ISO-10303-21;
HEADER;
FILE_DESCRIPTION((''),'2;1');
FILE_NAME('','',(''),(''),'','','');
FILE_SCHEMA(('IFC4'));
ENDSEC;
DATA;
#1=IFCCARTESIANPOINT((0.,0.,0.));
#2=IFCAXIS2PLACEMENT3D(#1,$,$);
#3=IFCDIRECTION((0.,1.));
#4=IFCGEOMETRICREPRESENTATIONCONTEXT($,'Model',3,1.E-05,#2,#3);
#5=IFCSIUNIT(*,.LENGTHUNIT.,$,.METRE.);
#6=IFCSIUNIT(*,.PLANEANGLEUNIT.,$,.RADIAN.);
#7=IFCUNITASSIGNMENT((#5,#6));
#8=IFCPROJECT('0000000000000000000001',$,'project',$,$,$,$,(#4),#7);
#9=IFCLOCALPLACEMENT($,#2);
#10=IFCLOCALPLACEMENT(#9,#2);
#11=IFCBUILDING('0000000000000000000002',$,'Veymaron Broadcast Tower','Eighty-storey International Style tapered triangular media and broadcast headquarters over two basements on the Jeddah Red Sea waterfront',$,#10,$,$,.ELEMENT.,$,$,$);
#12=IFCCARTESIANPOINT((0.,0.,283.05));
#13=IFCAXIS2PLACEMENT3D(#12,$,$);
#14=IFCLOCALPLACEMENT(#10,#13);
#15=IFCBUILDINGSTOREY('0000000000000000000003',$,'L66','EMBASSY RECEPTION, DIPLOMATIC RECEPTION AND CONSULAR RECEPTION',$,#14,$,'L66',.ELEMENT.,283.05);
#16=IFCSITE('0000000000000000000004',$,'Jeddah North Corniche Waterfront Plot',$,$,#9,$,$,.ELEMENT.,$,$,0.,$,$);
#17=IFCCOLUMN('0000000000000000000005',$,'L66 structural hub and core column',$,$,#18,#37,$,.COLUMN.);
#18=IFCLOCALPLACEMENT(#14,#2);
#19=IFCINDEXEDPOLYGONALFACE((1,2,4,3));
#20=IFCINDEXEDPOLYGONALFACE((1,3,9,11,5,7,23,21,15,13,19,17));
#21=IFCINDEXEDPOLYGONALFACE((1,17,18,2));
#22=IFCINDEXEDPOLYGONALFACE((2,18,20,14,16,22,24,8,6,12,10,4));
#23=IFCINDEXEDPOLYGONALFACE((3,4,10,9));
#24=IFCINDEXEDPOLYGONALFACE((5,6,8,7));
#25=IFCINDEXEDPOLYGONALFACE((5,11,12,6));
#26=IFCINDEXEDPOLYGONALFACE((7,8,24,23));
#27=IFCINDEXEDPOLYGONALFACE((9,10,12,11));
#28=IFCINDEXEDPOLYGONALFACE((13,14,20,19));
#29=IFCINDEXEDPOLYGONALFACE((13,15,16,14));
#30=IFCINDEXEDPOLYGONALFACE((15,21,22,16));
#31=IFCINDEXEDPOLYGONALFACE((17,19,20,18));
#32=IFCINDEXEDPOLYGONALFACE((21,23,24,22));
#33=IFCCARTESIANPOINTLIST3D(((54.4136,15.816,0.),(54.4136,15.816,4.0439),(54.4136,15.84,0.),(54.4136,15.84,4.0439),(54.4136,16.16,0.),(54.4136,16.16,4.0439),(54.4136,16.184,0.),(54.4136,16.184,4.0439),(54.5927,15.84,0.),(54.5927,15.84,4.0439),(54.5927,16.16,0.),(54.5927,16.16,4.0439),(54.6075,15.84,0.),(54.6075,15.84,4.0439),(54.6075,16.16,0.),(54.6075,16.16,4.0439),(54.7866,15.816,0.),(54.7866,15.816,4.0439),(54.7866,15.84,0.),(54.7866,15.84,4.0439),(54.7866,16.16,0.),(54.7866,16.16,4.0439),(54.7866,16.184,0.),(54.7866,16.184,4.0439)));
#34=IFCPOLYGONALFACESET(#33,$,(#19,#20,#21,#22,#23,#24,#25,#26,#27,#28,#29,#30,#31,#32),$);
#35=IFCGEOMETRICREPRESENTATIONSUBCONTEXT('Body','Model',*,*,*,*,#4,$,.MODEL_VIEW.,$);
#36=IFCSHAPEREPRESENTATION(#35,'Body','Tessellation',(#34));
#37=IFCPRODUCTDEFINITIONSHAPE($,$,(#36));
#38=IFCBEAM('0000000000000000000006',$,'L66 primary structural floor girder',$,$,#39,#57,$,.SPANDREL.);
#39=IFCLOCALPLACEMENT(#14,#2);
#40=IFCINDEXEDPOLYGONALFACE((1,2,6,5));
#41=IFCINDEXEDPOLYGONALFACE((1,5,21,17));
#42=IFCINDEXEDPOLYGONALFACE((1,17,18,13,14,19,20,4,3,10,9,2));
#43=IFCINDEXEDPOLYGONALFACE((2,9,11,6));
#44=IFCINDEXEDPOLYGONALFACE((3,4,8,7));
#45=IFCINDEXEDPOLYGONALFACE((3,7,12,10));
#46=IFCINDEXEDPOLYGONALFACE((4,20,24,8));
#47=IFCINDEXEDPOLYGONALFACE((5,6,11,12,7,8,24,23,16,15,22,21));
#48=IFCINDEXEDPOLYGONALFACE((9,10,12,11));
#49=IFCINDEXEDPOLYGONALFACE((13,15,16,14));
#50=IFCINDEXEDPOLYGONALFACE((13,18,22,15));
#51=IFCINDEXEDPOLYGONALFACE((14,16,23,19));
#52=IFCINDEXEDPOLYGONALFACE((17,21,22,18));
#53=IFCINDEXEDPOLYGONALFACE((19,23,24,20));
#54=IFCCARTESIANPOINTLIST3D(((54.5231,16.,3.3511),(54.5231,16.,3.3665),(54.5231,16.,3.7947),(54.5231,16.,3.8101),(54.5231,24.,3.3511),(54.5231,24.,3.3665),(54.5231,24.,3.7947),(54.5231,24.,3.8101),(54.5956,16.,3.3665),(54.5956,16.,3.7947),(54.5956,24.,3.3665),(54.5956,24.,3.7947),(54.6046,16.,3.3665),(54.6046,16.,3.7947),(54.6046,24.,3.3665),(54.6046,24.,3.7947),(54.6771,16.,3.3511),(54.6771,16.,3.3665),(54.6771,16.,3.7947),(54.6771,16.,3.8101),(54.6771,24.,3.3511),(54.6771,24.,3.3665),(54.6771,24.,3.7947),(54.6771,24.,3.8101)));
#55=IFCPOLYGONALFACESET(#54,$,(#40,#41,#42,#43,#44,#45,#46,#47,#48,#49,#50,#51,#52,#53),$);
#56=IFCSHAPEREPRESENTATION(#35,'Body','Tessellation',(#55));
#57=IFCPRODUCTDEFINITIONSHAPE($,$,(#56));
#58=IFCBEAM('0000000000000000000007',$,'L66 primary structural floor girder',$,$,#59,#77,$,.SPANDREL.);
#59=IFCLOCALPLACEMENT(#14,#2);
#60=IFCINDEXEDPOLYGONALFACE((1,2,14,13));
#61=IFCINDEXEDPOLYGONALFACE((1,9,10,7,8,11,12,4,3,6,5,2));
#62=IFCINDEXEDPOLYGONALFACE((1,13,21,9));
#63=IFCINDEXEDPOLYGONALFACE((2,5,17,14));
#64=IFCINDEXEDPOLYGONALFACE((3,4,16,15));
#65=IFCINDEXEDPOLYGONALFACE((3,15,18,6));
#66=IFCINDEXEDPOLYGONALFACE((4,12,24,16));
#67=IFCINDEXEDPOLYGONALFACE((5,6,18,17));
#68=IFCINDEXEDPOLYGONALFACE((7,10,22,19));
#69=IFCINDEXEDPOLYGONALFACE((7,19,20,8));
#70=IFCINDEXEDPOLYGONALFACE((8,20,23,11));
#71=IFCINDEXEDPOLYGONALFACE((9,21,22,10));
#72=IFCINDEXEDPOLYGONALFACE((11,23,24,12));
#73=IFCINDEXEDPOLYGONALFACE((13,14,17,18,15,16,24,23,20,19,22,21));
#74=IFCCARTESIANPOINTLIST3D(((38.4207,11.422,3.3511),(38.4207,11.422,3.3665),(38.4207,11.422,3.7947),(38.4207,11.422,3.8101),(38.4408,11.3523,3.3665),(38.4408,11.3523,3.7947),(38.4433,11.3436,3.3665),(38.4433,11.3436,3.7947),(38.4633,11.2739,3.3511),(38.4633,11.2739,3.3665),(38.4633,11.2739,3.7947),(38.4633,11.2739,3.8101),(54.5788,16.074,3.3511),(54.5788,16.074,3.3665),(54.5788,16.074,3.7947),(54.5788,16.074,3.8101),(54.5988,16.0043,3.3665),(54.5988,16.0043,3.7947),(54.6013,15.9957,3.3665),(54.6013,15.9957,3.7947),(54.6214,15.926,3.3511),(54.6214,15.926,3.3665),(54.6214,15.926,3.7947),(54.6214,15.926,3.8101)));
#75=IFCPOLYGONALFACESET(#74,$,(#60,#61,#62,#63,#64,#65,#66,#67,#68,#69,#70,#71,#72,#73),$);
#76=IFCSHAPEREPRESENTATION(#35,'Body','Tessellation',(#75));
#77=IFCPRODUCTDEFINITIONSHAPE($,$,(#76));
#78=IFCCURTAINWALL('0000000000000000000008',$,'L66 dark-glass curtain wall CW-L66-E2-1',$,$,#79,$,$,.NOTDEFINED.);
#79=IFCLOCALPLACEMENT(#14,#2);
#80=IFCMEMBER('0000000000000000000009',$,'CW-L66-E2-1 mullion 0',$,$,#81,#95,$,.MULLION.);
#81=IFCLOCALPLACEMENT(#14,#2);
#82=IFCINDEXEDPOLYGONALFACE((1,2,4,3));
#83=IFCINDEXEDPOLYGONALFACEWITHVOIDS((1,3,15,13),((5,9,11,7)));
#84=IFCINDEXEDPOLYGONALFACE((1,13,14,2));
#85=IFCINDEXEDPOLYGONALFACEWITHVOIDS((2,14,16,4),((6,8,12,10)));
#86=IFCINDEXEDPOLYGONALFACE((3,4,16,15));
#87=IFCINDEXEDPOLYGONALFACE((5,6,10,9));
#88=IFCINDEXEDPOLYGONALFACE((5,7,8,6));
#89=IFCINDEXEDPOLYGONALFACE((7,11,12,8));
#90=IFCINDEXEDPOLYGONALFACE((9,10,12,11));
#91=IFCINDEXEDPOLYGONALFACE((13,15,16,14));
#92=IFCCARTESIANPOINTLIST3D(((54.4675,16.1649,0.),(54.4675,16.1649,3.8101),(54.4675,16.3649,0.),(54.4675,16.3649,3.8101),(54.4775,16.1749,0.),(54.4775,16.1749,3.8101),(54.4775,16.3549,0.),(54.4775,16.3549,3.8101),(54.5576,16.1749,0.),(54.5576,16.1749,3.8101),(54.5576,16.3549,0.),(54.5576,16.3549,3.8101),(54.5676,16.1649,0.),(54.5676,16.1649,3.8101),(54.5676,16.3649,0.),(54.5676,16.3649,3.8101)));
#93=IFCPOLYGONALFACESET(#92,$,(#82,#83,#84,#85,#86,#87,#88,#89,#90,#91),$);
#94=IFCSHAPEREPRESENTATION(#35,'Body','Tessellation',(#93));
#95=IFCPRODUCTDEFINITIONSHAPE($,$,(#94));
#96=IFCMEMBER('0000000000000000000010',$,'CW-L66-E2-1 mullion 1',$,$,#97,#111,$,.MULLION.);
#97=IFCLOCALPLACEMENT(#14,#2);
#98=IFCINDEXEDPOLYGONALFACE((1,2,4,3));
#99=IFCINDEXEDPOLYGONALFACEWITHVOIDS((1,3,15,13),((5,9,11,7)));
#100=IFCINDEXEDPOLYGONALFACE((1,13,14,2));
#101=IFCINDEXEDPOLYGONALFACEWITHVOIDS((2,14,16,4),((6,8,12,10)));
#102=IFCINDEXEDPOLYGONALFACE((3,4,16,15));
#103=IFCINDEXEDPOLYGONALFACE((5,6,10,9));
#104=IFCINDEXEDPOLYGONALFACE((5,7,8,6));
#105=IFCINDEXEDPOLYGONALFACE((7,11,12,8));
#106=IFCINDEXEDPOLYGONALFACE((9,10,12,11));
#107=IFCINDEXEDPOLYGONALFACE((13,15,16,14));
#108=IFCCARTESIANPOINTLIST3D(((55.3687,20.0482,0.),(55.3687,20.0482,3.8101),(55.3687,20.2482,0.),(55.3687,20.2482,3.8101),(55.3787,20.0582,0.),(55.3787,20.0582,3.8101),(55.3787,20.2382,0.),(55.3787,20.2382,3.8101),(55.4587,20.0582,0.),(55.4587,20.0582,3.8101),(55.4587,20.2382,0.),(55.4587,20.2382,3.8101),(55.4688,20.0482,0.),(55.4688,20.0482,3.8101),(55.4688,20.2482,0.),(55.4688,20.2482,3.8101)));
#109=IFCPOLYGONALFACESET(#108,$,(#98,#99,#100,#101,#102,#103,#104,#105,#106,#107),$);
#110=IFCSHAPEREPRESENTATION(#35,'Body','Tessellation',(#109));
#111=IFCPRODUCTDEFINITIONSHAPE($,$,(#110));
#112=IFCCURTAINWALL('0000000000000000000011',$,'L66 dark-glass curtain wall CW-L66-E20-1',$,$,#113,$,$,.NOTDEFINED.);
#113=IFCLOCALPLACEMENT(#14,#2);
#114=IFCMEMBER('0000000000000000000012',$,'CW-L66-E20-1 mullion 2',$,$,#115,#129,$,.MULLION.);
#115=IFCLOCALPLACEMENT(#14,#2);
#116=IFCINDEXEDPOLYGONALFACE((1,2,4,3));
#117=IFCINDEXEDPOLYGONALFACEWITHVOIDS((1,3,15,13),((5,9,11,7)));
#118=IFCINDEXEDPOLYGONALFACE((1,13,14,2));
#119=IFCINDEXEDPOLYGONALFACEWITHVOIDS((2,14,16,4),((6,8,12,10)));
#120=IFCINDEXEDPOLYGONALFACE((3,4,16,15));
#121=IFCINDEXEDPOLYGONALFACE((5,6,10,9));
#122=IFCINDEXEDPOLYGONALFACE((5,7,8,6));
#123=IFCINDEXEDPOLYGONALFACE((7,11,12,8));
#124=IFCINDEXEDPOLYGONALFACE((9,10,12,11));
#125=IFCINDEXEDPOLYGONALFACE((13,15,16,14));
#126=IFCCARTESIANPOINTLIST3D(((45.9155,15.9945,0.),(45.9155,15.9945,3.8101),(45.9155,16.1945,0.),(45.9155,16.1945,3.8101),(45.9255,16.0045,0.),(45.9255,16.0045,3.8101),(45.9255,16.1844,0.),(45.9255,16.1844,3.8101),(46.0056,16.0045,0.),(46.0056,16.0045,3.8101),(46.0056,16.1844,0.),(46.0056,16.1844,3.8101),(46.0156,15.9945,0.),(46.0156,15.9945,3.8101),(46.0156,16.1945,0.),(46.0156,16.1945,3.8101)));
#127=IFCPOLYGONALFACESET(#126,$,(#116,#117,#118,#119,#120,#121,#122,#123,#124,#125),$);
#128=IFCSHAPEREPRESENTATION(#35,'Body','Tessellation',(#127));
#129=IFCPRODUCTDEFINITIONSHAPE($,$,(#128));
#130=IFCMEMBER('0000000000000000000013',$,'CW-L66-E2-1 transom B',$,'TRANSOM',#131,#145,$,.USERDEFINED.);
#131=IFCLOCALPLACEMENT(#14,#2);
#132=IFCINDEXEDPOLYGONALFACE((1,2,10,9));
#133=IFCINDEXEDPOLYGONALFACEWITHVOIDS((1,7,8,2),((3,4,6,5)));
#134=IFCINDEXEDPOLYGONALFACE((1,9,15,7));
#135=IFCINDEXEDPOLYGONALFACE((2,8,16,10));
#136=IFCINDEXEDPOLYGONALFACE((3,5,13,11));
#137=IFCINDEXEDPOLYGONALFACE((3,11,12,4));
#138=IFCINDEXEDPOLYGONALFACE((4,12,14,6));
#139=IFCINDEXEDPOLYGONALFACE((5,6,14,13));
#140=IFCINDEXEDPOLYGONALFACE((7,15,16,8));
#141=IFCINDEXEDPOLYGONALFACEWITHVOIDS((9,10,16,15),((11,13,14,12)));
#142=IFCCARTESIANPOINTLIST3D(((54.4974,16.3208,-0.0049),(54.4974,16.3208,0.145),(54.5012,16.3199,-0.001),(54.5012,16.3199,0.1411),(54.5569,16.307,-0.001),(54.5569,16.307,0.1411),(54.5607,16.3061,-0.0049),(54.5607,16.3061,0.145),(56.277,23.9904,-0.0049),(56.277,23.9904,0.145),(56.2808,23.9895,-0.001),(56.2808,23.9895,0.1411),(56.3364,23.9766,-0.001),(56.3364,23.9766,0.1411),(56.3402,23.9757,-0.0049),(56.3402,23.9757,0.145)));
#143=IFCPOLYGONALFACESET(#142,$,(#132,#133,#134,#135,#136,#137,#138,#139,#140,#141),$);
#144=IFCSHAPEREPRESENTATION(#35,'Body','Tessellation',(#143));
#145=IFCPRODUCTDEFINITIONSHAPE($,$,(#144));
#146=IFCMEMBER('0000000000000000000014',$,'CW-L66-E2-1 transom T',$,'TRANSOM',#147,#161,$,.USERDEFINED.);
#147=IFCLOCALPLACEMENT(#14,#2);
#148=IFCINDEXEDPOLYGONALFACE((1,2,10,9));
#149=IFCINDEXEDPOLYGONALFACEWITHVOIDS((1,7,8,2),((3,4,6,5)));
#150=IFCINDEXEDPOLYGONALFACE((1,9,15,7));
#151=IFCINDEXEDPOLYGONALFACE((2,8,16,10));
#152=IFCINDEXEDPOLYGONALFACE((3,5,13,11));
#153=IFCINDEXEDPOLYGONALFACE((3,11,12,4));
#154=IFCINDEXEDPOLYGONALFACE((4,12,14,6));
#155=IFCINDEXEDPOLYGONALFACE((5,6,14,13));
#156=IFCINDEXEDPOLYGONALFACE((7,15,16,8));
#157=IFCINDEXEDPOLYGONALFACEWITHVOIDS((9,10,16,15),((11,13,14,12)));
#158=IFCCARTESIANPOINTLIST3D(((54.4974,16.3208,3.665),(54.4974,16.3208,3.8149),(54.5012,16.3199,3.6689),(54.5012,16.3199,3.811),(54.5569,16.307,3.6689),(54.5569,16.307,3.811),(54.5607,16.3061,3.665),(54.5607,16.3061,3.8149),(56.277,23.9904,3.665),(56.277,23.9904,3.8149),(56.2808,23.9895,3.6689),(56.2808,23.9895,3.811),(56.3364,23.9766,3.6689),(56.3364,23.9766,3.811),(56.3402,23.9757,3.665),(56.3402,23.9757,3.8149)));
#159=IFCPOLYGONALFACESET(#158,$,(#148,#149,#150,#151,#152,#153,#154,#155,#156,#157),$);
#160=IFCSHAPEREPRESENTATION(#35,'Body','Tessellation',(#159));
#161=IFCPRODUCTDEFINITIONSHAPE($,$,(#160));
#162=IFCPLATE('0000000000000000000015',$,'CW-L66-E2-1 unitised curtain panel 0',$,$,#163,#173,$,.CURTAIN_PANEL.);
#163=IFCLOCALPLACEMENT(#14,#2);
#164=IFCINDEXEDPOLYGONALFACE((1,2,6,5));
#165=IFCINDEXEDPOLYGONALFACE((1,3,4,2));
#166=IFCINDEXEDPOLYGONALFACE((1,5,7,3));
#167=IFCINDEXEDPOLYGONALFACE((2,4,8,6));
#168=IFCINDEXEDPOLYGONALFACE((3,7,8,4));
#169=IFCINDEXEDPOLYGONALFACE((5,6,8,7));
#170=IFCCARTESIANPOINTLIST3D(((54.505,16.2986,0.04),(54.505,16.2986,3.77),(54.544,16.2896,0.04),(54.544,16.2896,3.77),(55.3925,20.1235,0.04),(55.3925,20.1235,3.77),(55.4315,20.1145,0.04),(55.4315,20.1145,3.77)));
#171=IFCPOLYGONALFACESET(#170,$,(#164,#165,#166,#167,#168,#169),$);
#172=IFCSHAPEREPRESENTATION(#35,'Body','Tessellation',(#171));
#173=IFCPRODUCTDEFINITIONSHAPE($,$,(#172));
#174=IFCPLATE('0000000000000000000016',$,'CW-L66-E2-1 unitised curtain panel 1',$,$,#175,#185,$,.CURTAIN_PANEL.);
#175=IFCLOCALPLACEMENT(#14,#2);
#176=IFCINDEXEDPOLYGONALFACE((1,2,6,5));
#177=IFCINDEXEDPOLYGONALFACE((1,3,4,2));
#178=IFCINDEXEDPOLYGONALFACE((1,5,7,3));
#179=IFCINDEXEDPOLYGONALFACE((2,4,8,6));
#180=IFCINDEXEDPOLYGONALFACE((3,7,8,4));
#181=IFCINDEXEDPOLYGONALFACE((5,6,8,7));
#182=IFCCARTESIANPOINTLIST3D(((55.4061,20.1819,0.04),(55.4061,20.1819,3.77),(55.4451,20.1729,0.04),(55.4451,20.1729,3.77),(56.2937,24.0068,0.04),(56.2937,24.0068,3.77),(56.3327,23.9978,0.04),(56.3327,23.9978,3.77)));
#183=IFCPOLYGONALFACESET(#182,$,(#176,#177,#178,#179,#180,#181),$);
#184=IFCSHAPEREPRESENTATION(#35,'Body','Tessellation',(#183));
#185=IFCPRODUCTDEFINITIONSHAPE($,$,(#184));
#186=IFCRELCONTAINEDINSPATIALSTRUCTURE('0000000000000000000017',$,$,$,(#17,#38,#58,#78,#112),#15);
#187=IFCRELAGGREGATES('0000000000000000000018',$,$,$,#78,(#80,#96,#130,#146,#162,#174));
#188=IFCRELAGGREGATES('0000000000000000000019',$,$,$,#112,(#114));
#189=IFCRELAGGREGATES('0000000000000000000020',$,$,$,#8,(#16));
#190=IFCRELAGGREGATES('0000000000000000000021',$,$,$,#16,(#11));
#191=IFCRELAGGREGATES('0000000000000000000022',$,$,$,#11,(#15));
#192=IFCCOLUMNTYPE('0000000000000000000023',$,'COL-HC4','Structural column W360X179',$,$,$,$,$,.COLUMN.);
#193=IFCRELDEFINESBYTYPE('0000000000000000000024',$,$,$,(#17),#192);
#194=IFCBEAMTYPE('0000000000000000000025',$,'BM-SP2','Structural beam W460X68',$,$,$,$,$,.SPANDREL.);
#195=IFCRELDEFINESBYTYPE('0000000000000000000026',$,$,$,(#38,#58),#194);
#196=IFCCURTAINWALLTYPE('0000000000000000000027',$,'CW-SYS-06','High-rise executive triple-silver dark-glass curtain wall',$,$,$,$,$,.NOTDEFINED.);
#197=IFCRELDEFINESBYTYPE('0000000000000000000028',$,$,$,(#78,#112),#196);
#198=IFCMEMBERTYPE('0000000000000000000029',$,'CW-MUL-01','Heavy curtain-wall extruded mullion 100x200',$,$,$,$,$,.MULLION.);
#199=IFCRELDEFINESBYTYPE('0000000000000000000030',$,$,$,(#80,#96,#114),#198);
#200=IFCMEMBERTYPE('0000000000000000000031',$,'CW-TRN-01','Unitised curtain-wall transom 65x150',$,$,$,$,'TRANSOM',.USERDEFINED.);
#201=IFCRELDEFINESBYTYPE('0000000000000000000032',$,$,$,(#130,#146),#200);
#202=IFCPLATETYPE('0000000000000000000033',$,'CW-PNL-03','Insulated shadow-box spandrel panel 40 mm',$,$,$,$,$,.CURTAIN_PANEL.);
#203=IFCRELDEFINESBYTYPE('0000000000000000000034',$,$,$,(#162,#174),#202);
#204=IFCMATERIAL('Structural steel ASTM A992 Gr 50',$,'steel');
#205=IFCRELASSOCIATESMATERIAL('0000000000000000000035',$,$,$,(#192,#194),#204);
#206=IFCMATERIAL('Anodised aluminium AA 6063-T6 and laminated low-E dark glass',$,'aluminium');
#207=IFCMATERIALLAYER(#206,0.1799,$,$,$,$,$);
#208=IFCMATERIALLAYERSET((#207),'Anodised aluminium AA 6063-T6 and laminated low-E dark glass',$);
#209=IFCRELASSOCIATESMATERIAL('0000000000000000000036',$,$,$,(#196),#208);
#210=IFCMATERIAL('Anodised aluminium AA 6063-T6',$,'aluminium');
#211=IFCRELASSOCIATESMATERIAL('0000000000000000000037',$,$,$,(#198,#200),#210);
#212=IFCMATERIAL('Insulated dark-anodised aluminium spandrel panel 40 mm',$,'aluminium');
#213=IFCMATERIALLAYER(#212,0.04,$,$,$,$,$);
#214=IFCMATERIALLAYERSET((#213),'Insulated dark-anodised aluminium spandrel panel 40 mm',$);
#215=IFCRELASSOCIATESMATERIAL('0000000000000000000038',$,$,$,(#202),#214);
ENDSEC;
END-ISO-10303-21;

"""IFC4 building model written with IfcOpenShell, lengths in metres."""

from ifc_helpers import new_model, si_unit, direction, frame, origin, origin_2d, place, context, subcontext, project, spatial, rectangle, hollow_rectangle, i_section, extrude, material, layer, layer_set, material_profile, profile_set, type_object, element, aggregate, save


model = new_model("IFC4")

# Units and contexts
model_context = context("Model", 3, precision=1e-05, world=origin(), true_north=direction((0.0, 1.0)))
body_context = subcontext(model_context, "Body", "Model", "MODEL_VIEW")
ifc_project = project(units=[si_unit("LENGTHUNIT", "METRE"), si_unit("PLANEANGLEUNIT", "RADIAN")], contexts=[model_context])

# Site, building, storey
site_placement = place(None, origin())
site = spatial("IfcSite", under=ifc_project, at=site_placement, Name="Jeddah North Corniche Waterfront Plot", CompositionType="ELEMENT", RefElevation=0.0)
building_placement = place(site_placement, origin())
building = spatial("IfcBuilding", under=site, at=building_placement, Name="Veymaron Broadcast Tower", Description="Eighty-storey International Style tapered triangular media and broadcast headquarters over two basements on the Jeddah Red Sea waterfront", CompositionType="ELEMENT")
storey_placement = place(building_placement, frame((0.0, 0.0, 283.05)))
storey = spatial("IfcBuildingStorey", under=building, at=storey_placement, Name="L66", Description="EMBASSY RECEPTION, DIPLOMATIC RECEPTION AND CONSULAR RECEPTION", LongName="L66", CompositionType="ELEMENT", Elevation=283.05)

# Column
ifc_material_1 = material(Name="Structural steel ASTM A992 Gr 50", Category="steel")
ifc_material_profile_1 = material_profile(ifc_material_1, i_section(OverallWidth=0.373, OverallDepth=0.3679, WebThickness=0.0149, FlangeThickness=0.0239, at=origin_2d()), Name="W360X179")
ifc_profile_set_1 = profile_set([ifc_material_profile_1], Name="Structural steel ASTM A992 Gr 50")
column_type = type_object("IfcColumnType", Name="COL-HC4", Description="Structural column W360X179", PredefinedType="COLUMN", material=ifc_profile_set_1)
column_placement = place(storey_placement, frame((54.6001, 16.0, 0.0), z_axis=(0.0, 0.0, 1.0), x_axis=(1.0, 0.0, 0.0)))
element("IfcColumn", 1, at=column_placement, inside=storey, type_object=column_type, Name="L66 structural hub and core column", PredefinedType="COLUMN", context=body_context, shape_type="SweptSolid", body=[
    extrude(i_section(OverallWidth=0.373, OverallDepth=0.3679, WebThickness=0.0149, FlangeThickness=0.0239, at=origin_2d()), origin(), (0.0, 0.0, 1.0), 4.0439),
])

# Beams
ifc_material_profile_2 = material_profile(ifc_material_1, i_section(OverallWidth=0.1541, OverallDepth=0.459, WebThickness=0.009, FlangeThickness=0.0154, at=origin_2d()), Name="W460X68")
ifc_profile_set_2 = profile_set([ifc_material_profile_2], Name="Structural steel ASTM A992 Gr 50")
beam_type = type_object("IfcBeamType", Name="BM-SP2", Description="Structural beam W460X68", PredefinedType="SPANDREL", material=ifc_profile_set_2)
beam_1_placement = place(storey_placement, frame((54.6001, 16.0, 3.5806), z_axis=(0.0, 1.0, 0.0), x_axis=(-1.0, 0.0, 0.0)))
element("IfcBeam", 2, at=beam_1_placement, inside=storey, type_object=beam_type, Name="L66 primary structural floor girder", PredefinedType="SPANDREL", context=body_context, shape_type="SweptSolid", body=[
    extrude(i_section(OverallWidth=0.1541, OverallDepth=0.459, WebThickness=0.009, FlangeThickness=0.0154, at=origin_2d()), origin(), (0.0, 0.0, 1.0), 8.0),
])
beam_2_placement = place(storey_placement, frame((54.6001, 16.0, 3.5806), z_axis=(-0.960965, -0.276671, 0.0), x_axis=(0.276671, -0.960965, 0.0)))
element("IfcBeam", 3, at=beam_2_placement, inside=storey, type_object=beam_type, Name="L66 primary structural floor girder", PredefinedType="SPANDREL", context=body_context, shape_type="SweptSolid", body=[
    extrude(i_section(OverallWidth=0.1541, OverallDepth=0.459, WebThickness=0.009, FlangeThickness=0.0154, at=origin_2d()), origin(), (0.0, 0.0, 1.0), 16.8145),
])

# Curtain wall, members
ifc_material_2 = material(Name="Anodised aluminium AA 6063-T6 and laminated low-E dark glass", Category="aluminium")
ifc_layer_1 = layer(ifc_material_2, 0.1799)
ifc_layer_set_1 = layer_set([ifc_layer_1], Name="Anodised aluminium AA 6063-T6 and laminated low-E dark glass")
curtain_wall_type = type_object("IfcCurtainWallType", Name="CW-SYS-06", Description="High-rise executive triple-silver dark-glass curtain wall", PredefinedType="NOTDEFINED", material=ifc_layer_set_1)
curtain_wall_1_placement = place(storey_placement, origin())
curtain_wall_1 = element("IfcCurtainWall", 4, at=curtain_wall_1_placement, inside=storey, type_object=curtain_wall_type, Name="L66 dark-glass curtain wall CW-L66-E2-1", PredefinedType="NOTDEFINED")
ifc_material_3 = material(Name="Anodised aluminium AA 6063-T6", Category="aluminium")
ifc_material_profile_3 = material_profile(ifc_material_3, hollow_rectangle(XDim=0.1001, YDim=0.2, WallThickness=0.01, at=origin_2d()), Name="RHS200X100X10")
ifc_profile_set_3 = profile_set([ifc_material_profile_3], Name="Anodised aluminium AA 6063-T6")
member_type_1 = type_object("IfcMemberType", Name="CW-MUL-01", Description="Heavy curtain-wall extruded mullion 100x200", PredefinedType="MULLION", material=ifc_profile_set_3)
member_1_placement = place(storey_placement, frame((54.5176, 16.2649, 0.0), z_axis=(0.0, 0.0, 1.0), x_axis=(1.0, 0.0, 0.0)))
member_1 = element("IfcMember", 5, at=member_1_placement, type_object=member_type_1, Name="CW-L66-E2-1 mullion 0", PredefinedType="MULLION", context=body_context, shape_type="SweptSolid", body=[
    extrude(hollow_rectangle(XDim=0.1001, YDim=0.2, WallThickness=0.01, at=origin_2d()), origin(), (0.0, 0.0, 1.0), 3.8101),
])
member_2_placement = place(storey_placement, frame((55.4187, 20.1482, 0.0), z_axis=(0.0, 0.0, 1.0), x_axis=(1.0, 0.0, 0.0)))
member_2 = element("IfcMember", 6, at=member_2_placement, type_object=member_type_1, Name="CW-L66-E2-1 mullion 1", PredefinedType="MULLION", context=body_context, shape_type="SweptSolid", body=[
    extrude(hollow_rectangle(XDim=0.1001, YDim=0.2, WallThickness=0.01, at=origin_2d()), origin(), (0.0, 0.0, 1.0), 3.8101),
])

# Curtain wall, member
curtain_wall_2_placement = place(storey_placement, origin())
curtain_wall_2 = element("IfcCurtainWall", 7, at=curtain_wall_2_placement, inside=storey, type_object=curtain_wall_type, Name="L66 dark-glass curtain wall CW-L66-E20-1", PredefinedType="NOTDEFINED")
member_3_placement = place(storey_placement, frame((45.9656, 16.0945, 0.0), z_axis=(0.0, 0.0, 1.0), x_axis=(1.0, 0.0, 0.0)))
member_3 = element("IfcMember", 8, at=member_3_placement, type_object=member_type_1, Name="CW-L66-E20-1 mullion 2", PredefinedType="MULLION", context=body_context, shape_type="SweptSolid", body=[
    extrude(hollow_rectangle(XDim=0.1001, YDim=0.2, WallThickness=0.01, at=origin_2d()), origin(), (0.0, 0.0, 1.0), 3.8101),
])

# Members
ifc_material_profile_4 = material_profile(ifc_material_3, hollow_rectangle(XDim=0.0649, YDim=0.1499, WallThickness=0.0039, at=origin_2d()), Name="AL150X65X4")
ifc_profile_set_4 = profile_set([ifc_material_profile_4], Name="Anodised aluminium AA 6063-T6")
member_type_2 = type_object("IfcMemberType", Name="CW-TRN-01", Description="Unitised curtain-wall transom 65x150", ElementType="TRANSOM", PredefinedType="USERDEFINED", material=ifc_profile_set_4)
member_4_placement = place(storey_placement, frame((54.5291, 16.3135, 0.0701), z_axis=(0.226026, 0.974121, 0.0), x_axis=(-0.974121, 0.226026, 0.0)))
member_4 = element("IfcMember", 9, at=member_4_placement, type_object=member_type_2, Name="CW-L66-E2-1 transom B", ObjectType="TRANSOM", PredefinedType="USERDEFINED", context=body_context, shape_type="SweptSolid", body=[
    extrude(hollow_rectangle(XDim=0.0649, YDim=0.1499, WallThickness=0.0039, at=origin_2d()), origin(), (0.0, 0.0, 1.0), 7.8733),
])
member_5_placement = place(storey_placement, frame((54.5291, 16.3135, 3.74), z_axis=(0.226026, 0.974121, 0.0), x_axis=(-0.974121, 0.226026, 0.0)))
member_5 = element("IfcMember", 10, at=member_5_placement, type_object=member_type_2, Name="CW-L66-E2-1 transom T", ObjectType="TRANSOM", PredefinedType="USERDEFINED", context=body_context, shape_type="SweptSolid", body=[
    extrude(hollow_rectangle(XDim=0.0649, YDim=0.1499, WallThickness=0.0039, at=origin_2d()), origin(), (0.0, 0.0, 1.0), 7.8733),
])

# Plates
ifc_material_4 = material(Name="Insulated dark-anodised aluminium spandrel panel 40 mm", Category="aluminium")
ifc_layer_2 = layer(ifc_material_4, 0.04)
ifc_layer_set_2 = layer_set([ifc_layer_2], Name="Insulated dark-anodised aluminium spandrel panel 40 mm")
plate_type = type_object("IfcPlateType", Name="CW-PNL-03", Description="Insulated shadow-box spandrel panel 40 mm", PredefinedType="CURTAIN_PANEL", material=ifc_layer_set_2)
plate_1_placement = place(storey_placement, frame((54.9683, 18.2065, 0.04), z_axis=(0.0, 0.0, 1.0), x_axis=(0.226039, 0.974118, 0.0)))
plate_1 = element("IfcPlate", 11, at=plate_1_placement, type_object=plate_type, Name="CW-L66-E2-1 unitised curtain panel 0", PredefinedType="CURTAIN_PANEL", context=body_context, shape_type="SweptSolid", body=[
    extrude(rectangle(XDim=3.9265, YDim=0.04, at=origin_2d()), origin(), (0.0, 0.0, 1.0), 3.73),
])
plate_2_placement = place(storey_placement, frame((55.8694, 22.0898, 0.04), z_axis=(0.0, 0.0, 1.0), x_axis=(0.226039, 0.974118, 0.0)))
plate_2 = element("IfcPlate", 12, at=plate_2_placement, type_object=plate_type, Name="CW-L66-E2-1 unitised curtain panel 1", PredefinedType="CURTAIN_PANEL", context=body_context, shape_type="SweptSolid", body=[
    extrude(rectangle(XDim=3.9265, YDim=0.04, at=origin_2d()), origin(), (0.0, 0.0, 1.0), 3.73),
])
aggregate(curtain_wall_1, [member_1, member_2, member_4, member_5, plate_1, plate_2])
aggregate(curtain_wall_2, [member_3])

save(model, "model.ifc")
